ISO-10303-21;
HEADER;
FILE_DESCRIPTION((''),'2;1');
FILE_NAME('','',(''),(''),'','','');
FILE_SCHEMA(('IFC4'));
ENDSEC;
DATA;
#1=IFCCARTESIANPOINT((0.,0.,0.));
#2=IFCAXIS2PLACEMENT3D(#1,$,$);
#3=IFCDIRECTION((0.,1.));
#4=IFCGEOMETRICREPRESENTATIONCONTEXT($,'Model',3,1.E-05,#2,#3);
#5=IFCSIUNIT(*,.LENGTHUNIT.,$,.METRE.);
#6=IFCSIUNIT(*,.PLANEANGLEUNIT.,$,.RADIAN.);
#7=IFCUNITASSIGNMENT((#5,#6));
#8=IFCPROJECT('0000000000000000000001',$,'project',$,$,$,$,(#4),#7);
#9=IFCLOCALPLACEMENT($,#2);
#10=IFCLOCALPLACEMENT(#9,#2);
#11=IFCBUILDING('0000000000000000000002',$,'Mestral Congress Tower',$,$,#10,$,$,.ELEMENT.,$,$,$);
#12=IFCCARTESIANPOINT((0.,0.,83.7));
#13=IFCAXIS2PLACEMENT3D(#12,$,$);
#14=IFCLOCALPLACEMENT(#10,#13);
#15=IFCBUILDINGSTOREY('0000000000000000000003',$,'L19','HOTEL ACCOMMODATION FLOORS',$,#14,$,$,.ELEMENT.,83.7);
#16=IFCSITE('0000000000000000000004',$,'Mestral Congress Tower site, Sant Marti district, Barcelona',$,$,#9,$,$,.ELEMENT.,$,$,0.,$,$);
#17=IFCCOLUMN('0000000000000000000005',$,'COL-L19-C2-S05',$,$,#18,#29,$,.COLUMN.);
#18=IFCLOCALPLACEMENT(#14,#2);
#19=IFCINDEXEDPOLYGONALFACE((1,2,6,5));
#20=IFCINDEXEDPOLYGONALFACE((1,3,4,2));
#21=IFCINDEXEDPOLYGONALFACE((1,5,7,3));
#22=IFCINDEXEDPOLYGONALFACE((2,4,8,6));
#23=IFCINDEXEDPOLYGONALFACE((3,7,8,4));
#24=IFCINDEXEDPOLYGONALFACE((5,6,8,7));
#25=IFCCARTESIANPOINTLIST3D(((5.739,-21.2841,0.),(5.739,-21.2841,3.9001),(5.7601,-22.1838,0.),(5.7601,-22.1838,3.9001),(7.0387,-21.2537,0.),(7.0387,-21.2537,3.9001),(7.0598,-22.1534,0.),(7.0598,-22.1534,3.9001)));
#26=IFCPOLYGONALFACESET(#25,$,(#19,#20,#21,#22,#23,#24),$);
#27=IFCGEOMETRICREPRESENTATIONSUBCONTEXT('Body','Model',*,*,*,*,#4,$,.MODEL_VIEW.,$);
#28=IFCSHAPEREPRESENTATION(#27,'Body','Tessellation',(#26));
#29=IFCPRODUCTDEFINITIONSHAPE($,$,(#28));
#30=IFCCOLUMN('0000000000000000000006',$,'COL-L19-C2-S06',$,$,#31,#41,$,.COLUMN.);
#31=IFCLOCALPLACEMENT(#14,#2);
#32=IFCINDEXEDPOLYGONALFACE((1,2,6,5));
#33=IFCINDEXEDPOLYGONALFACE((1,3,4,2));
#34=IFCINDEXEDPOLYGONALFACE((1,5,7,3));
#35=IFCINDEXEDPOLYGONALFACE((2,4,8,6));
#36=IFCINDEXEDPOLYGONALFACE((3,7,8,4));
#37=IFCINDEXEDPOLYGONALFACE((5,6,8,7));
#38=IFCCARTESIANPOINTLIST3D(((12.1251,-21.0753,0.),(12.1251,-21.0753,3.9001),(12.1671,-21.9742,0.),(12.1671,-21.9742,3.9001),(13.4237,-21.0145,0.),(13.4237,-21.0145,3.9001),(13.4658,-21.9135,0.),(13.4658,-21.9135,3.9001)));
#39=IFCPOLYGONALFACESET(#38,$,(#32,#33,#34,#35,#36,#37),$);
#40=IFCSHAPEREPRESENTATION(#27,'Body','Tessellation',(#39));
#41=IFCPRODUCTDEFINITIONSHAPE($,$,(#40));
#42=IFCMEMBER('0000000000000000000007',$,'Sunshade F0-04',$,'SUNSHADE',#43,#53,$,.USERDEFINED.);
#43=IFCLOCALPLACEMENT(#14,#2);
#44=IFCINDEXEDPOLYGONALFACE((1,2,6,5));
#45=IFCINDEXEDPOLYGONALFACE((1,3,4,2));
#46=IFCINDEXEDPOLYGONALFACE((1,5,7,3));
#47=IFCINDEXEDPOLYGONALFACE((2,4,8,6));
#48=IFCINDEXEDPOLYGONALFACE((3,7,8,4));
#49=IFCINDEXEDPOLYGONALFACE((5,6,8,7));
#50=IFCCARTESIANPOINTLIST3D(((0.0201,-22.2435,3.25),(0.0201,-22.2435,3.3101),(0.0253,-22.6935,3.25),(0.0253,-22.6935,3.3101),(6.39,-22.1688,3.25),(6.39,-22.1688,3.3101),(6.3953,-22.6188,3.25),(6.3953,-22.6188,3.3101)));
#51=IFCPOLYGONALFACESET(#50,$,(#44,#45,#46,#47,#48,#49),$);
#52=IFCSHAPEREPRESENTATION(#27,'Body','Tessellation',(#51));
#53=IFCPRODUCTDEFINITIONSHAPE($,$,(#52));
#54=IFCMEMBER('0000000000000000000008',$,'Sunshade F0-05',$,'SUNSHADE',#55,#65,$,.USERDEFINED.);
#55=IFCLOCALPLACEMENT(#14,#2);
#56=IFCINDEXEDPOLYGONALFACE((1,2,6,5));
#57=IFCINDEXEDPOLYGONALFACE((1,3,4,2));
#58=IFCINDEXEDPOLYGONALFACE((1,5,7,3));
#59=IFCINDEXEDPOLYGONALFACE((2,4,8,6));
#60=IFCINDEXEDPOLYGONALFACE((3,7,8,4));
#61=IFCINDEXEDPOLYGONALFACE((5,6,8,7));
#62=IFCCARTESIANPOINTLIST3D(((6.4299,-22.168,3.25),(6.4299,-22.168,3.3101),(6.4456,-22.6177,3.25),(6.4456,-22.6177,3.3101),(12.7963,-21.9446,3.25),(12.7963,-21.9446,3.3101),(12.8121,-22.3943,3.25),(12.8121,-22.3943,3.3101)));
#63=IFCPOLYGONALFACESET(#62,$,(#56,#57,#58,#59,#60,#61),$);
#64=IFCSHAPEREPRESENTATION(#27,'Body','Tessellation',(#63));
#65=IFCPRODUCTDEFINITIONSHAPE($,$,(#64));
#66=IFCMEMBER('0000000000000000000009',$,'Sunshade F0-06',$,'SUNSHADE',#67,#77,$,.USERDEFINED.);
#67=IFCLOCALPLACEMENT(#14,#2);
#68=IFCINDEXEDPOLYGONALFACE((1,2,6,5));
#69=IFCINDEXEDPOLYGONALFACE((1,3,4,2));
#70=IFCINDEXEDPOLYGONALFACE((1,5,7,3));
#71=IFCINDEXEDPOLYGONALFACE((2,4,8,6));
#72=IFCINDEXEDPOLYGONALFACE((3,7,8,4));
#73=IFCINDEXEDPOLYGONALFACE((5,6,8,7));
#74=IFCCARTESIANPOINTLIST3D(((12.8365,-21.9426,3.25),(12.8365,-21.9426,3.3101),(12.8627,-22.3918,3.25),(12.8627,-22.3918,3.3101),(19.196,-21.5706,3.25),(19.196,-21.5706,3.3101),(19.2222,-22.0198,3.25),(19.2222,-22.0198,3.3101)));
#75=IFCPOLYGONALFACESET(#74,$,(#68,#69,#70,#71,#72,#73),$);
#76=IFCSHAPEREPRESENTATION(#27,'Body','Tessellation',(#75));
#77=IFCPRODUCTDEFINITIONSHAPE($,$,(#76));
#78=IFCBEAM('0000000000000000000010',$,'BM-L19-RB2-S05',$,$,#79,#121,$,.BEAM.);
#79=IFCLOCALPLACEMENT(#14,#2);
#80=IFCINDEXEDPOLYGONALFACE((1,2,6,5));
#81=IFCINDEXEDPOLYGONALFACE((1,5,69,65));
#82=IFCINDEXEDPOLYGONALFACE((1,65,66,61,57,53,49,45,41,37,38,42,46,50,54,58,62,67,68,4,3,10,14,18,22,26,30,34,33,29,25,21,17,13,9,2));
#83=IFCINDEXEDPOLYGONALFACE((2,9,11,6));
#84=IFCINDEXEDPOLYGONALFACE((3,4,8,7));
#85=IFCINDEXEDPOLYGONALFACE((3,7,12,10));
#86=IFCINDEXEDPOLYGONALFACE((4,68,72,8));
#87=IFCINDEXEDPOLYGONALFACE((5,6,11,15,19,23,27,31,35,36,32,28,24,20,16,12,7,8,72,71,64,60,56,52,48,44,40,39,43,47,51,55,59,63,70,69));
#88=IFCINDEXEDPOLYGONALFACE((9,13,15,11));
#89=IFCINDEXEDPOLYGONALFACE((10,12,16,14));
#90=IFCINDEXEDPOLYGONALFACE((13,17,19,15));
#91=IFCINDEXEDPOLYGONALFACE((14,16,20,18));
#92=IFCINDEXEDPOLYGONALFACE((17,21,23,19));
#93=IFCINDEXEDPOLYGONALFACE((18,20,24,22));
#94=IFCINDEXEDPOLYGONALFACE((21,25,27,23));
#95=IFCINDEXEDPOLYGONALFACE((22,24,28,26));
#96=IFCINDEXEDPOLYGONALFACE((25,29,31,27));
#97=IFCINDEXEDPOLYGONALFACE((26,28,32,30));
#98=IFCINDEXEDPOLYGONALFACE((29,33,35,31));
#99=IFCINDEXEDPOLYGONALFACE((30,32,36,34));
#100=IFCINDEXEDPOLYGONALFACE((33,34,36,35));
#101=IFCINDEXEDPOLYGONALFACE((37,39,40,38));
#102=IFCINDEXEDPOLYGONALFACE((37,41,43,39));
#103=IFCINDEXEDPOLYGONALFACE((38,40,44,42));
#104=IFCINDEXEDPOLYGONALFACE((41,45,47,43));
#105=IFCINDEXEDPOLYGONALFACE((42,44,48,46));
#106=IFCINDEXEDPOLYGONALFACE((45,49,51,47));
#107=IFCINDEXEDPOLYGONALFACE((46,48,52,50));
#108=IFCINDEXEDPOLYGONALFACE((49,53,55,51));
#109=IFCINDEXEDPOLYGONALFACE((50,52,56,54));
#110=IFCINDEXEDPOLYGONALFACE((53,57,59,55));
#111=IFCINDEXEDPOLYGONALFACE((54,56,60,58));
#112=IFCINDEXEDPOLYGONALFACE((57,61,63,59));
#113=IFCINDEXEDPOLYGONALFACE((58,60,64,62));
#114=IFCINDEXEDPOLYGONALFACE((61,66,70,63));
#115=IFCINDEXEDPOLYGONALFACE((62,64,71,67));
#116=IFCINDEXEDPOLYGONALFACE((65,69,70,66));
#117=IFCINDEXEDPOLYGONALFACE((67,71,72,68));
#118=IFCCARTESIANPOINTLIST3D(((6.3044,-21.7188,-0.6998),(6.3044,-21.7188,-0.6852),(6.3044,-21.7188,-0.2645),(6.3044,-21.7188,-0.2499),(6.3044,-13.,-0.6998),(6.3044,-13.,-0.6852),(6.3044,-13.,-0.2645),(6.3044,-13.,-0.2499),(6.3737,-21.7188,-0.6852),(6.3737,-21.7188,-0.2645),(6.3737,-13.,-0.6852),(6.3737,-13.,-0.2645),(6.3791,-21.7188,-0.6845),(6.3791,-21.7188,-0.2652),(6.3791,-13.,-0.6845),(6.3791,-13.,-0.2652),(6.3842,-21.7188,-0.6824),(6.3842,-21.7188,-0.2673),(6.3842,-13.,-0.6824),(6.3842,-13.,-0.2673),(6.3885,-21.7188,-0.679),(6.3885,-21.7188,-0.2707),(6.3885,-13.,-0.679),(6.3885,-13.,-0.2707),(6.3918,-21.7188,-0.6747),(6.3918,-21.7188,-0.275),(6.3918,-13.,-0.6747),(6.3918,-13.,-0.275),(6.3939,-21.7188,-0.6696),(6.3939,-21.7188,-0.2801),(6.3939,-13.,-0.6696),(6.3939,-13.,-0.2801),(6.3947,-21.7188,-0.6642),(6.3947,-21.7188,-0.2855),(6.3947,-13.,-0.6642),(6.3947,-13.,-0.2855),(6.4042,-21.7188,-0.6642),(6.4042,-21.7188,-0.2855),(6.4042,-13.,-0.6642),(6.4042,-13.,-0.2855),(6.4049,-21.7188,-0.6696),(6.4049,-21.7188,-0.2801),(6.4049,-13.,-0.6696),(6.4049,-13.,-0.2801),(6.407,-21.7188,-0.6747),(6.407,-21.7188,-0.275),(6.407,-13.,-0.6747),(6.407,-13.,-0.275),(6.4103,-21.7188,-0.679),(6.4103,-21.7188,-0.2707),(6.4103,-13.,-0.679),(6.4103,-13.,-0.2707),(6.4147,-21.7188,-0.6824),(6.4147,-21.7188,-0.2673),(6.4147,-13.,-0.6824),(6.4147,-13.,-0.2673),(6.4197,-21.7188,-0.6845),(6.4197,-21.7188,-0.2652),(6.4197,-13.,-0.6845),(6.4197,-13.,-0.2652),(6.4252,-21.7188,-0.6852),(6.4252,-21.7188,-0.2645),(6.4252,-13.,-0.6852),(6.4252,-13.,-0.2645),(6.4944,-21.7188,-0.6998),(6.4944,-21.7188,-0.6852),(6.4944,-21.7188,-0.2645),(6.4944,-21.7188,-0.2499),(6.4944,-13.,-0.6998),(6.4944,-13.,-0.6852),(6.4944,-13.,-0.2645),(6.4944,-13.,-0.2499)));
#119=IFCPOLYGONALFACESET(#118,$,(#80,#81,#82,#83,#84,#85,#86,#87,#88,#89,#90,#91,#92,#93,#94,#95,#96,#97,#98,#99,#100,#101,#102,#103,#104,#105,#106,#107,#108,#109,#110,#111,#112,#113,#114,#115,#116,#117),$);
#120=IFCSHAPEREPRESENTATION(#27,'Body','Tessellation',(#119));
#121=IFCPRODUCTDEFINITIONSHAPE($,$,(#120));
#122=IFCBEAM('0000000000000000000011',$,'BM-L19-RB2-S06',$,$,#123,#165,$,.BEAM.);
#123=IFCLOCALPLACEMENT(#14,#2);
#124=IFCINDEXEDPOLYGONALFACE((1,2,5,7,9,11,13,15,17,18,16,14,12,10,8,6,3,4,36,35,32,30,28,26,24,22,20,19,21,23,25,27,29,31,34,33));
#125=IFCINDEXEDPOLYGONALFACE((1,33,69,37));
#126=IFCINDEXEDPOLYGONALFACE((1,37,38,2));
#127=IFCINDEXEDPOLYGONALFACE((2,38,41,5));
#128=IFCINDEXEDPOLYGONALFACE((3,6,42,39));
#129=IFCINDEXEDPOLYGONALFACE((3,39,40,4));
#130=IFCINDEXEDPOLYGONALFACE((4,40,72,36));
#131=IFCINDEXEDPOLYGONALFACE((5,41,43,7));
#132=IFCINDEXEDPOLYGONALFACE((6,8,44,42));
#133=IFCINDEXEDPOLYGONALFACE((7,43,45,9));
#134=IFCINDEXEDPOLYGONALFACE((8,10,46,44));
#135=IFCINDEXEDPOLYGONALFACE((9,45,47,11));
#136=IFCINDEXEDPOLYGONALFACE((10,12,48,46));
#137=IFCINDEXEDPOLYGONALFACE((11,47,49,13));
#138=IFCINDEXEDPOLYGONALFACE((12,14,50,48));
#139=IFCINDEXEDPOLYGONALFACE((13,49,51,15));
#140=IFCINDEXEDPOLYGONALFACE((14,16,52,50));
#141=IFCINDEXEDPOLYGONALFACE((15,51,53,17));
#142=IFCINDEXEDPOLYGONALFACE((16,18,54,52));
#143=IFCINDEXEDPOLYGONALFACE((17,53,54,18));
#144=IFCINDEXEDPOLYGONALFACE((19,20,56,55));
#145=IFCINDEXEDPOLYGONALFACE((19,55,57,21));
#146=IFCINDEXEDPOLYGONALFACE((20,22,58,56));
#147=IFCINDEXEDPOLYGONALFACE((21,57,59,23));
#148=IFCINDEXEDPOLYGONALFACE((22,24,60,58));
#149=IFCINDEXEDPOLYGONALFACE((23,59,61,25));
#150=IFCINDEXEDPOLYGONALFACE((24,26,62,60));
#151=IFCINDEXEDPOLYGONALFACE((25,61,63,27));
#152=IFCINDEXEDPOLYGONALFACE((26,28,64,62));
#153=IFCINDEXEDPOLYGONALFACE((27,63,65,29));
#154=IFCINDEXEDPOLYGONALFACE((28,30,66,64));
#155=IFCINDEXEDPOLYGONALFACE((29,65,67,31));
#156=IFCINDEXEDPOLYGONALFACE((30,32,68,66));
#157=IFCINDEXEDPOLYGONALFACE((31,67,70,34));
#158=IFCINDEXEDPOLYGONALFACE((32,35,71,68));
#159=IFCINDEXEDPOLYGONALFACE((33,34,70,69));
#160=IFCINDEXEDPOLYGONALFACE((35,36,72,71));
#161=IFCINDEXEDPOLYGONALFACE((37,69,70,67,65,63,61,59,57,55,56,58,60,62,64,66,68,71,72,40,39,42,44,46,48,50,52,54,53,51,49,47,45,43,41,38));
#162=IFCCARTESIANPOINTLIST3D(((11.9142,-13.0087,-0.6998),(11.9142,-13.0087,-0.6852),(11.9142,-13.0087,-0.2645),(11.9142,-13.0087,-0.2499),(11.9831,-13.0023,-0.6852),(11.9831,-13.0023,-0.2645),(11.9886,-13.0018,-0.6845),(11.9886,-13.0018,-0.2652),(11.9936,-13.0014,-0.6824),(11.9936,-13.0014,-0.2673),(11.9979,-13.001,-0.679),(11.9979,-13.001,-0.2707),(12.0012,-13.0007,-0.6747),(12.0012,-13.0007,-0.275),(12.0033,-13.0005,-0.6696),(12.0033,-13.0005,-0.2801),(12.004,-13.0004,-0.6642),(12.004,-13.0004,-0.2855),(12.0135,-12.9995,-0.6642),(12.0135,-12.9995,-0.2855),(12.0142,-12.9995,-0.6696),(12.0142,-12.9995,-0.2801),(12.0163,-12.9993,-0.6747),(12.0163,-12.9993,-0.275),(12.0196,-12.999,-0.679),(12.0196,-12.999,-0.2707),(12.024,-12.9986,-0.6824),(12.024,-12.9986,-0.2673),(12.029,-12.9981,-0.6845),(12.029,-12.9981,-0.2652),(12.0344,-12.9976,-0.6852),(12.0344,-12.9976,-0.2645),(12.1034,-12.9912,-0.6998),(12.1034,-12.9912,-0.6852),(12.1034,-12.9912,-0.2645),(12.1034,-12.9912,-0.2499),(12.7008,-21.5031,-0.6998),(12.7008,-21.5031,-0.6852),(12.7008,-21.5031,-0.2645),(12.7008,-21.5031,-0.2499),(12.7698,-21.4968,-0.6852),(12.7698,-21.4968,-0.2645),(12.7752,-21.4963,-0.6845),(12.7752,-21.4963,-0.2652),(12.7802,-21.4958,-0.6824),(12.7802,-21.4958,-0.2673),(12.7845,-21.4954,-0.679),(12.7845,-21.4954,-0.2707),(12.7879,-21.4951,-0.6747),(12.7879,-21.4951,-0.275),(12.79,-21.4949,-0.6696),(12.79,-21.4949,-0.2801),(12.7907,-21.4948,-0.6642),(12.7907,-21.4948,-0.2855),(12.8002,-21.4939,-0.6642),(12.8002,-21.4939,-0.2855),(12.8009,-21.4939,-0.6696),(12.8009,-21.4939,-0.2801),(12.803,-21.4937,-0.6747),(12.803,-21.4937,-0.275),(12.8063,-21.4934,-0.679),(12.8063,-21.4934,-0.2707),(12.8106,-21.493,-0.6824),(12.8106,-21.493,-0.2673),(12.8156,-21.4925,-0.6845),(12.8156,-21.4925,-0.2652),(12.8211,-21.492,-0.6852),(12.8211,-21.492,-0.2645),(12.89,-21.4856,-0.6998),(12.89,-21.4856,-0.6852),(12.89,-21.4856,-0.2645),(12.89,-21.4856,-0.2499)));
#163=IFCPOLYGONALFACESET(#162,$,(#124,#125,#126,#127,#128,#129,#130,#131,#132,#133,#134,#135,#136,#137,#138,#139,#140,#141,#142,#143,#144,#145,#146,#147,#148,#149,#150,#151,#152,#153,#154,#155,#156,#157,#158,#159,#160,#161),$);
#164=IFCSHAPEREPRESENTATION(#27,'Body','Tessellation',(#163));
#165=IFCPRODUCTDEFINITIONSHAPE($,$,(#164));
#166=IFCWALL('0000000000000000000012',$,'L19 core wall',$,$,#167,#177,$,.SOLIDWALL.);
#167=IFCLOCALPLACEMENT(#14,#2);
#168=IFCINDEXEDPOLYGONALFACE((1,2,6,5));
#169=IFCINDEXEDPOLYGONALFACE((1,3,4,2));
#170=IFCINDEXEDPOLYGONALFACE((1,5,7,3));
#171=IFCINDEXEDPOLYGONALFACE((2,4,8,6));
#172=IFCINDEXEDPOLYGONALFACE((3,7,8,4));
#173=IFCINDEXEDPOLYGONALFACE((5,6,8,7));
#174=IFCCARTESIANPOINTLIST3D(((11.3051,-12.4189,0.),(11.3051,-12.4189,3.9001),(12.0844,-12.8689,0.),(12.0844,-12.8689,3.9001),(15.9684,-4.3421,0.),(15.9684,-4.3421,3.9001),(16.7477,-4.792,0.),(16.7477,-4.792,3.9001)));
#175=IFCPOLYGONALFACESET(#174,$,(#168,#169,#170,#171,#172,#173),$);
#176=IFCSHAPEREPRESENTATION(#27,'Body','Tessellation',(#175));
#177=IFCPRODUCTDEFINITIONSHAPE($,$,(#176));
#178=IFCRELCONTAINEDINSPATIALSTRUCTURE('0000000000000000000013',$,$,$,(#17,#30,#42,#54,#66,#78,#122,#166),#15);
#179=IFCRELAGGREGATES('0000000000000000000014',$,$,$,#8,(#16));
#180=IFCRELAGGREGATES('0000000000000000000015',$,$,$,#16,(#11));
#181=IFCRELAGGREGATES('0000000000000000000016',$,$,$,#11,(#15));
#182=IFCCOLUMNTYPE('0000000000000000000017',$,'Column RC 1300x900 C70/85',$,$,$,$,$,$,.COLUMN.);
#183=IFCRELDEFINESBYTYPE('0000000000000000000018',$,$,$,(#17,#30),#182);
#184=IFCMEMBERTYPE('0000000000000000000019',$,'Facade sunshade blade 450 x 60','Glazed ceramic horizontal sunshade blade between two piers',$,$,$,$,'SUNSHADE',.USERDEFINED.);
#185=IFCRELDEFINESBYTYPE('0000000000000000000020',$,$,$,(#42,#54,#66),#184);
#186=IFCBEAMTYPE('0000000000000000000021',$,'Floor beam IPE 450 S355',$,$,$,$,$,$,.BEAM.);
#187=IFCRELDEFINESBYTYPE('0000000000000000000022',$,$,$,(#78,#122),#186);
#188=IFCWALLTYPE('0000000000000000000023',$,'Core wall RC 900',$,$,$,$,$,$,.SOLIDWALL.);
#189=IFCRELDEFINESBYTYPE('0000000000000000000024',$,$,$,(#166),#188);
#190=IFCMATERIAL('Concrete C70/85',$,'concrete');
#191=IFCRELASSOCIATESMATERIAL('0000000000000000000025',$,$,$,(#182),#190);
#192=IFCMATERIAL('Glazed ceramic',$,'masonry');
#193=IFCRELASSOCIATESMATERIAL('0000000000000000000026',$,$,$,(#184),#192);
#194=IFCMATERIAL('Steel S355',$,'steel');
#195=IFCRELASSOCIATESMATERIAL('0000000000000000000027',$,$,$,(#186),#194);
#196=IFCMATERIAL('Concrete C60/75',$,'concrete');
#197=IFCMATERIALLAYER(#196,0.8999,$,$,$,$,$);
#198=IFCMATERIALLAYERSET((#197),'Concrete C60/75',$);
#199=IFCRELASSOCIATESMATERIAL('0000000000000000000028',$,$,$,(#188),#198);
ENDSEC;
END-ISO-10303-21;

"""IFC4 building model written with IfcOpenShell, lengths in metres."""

from ifc_helpers import new_model, si_unit, direction, frame, frame_2d, origin, origin_2d, place, context, subcontext, project, spatial, rectangle, i_section, extrude, material, layer, layer_set, material_profile, profile_set, type_object, element, save


model = new_model("IFC4")

# Units and contexts
model_context = context("Model", 3, precision=1e-05, world=origin(), true_north=direction((0.0, 1.0)))
body_context = subcontext(model_context, "Body", "Model", "MODEL_VIEW")
ifc_project = project(units=[si_unit("LENGTHUNIT", "METRE"), si_unit("PLANEANGLEUNIT", "RADIAN")], contexts=[model_context])

# Site, building, storey
site_placement = place(None, origin())
site = spatial("IfcSite", under=ifc_project, at=site_placement, Name="Mestral Congress Tower site, Sant Marti district, Barcelona", CompositionType="ELEMENT", RefElevation=0.0)
building_placement = place(site_placement, origin())
building = spatial("IfcBuilding", under=site, at=building_placement, Name="Mestral Congress Tower", CompositionType="ELEMENT")
storey_placement = place(building_placement, frame((0.0, 0.0, 83.7)))
storey = spatial("IfcBuildingStorey", under=building, at=storey_placement, Name="L19", Description="HOTEL ACCOMMODATION FLOORS", CompositionType="ELEMENT", Elevation=83.7)

# Columns
ifc_material_1 = material(Name="Concrete C70/85", Category="concrete")
ifc_material_profile_1 = material_profile(ifc_material_1, rectangle(XDim=1.3, YDim=0.8999, at=origin_2d()), Name="RC 1300x900")
ifc_profile_set_1 = profile_set([ifc_material_profile_1], Name="Concrete C70/85")
column_type = type_object("IfcColumnType", Name="Column RC 1300x900 C70/85", PredefinedType="COLUMN", material=ifc_profile_set_1)
for number, where, z_axis, x_axis, name in (
    (1, (6.3994, -21.7188, 0.0), (0.0, 0.0, 1.0), (0.999727, 0.023384, 0.0), "COL-L19-C2-S05"),
    (2, (12.7954, -21.4944, 0.0), (0.0, 0.0, 1.0), (0.998906, 0.046756, 0.0), "COL-L19-C2-S06"),
):
    element("IfcColumn", number, at=place(storey_placement, frame(where, z_axis=z_axis, x_axis=x_axis)), inside=storey, type_object=column_type, Name=name, PredefinedType="COLUMN", context=body_context, shape_type="SweptSolid", body=[
        extrude(rectangle(XDim=1.3, YDim=0.8999, at=origin_2d()), origin(), (0.0, 0.0, 1.0), 3.9001),
    ])

# Members
ifc_material_2 = material(Name="Glazed ceramic", Category="masonry")
ifc_material_profile_2 = material_profile(ifc_material_2, rectangle(XDim=0.45, YDim=0.0601, at=origin_2d()), Name="Ceramic blade 450 x 60")
ifc_profile_set_2 = profile_set([ifc_material_profile_2], Name="Glazed ceramic")
member_type = type_object("IfcMemberType", Name="Facade sunshade blade 450 x 60", Description="Glazed ceramic horizontal sunshade blade between two piers", ElementType="SUNSHADE", PredefinedType="USERDEFINED", material=ifc_profile_set_2)
for number, where, z_axis, x_axis, name in (
    (3, (0.0227, -22.4685, 3.28), (0.999931, 0.011727, 0.0), (-0.011727, 0.999931, 0.0), "Sunshade F0-04"),
    (4, (6.4377, -22.3928, 3.28), (0.999385, 0.035067, 0.0), (-0.035067, 0.999385, 0.0), "Sunshade F0-05"),
    (5, (12.8496, -22.1672, 3.28), (0.998293, 0.058407, 0.0), (-0.058407, 0.998293, 0.0), "Sunshade F0-06"),
):
    element("IfcMember", number, at=place(storey_placement, frame(where, z_axis=z_axis, x_axis=x_axis)), inside=storey, type_object=member_type, Name=name, ObjectType="SUNSHADE", PredefinedType="USERDEFINED", context=body_context, shape_type="SweptSolid", body=[
        extrude(rectangle(XDim=0.45, YDim=0.0601, at=origin_2d()), origin(), (0.0, 0.0, 1.0), 6.3704),
    ])

# Beams
ifc_material_3 = material(Name="Steel S355", Category="steel")
ifc_material_profile_3 = material_profile(ifc_material_3, i_section(OverallWidth=0.1899, OverallDepth=0.45, WebThickness=0.0095, FlangeThickness=0.0146, FilletRadius=0.021, at=origin_2d()), Name="IPE 450")
ifc_profile_set_3 = profile_set([ifc_material_profile_3], Name="Steel S355")
beam_type = type_object("IfcBeamType", Name="Floor beam IPE 450 S355", PredefinedType="BEAM", material=ifc_profile_set_3)
beam_1_placement = place(storey_placement, frame((6.3994, -21.7188, -0.4749), z_axis=(0.0, 1.0, 0.0), x_axis=(-1.0, 0.0, 0.0)))
element("IfcBeam", 6, at=beam_1_placement, inside=storey, type_object=beam_type, Name="BM-L19-RB2-S05", PredefinedType="BEAM", context=body_context, shape_type="SweptSolid", body=[
    extrude(i_section(OverallWidth=0.1899, OverallDepth=0.45, WebThickness=0.0095, FlangeThickness=0.0146, FilletRadius=0.021, at=origin_2d()), origin(), (0.0, 0.0, 1.0), 8.7188),
])
beam_2_placement = place(storey_placement, frame((12.7954, -21.4944, -0.4749), z_axis=(-0.09221, 0.99574, 0.0), x_axis=(-0.99574, -0.09221, 0.0)))
element("IfcBeam", 7, at=beam_2_placement, inside=storey, type_object=beam_type, Name="BM-L19-RB2-S06", PredefinedType="BEAM", context=body_context, shape_type="SweptSolid", body=[
    extrude(i_section(OverallWidth=0.1899, OverallDepth=0.45, WebThickness=0.0095, FlangeThickness=0.0146, FilletRadius=0.021, at=origin_2d()), origin(), (0.0, 0.0, 1.0), 8.5308),
])

# Wall
ifc_material_4 = material(Name="Concrete C60/75", Category="concrete")
ifc_layer_1 = layer(ifc_material_4, 0.8999)
ifc_layer_set_1 = layer_set([ifc_layer_1], Name="Concrete C60/75")
wall_type_1 = type_object("IfcWallType", Name="Core wall RC 900", PredefinedType="SOLIDWALL", material=ifc_layer_set_1)
wall_1_placement = place(storey_placement, frame((11.6948, -12.6438, 0.0), z_axis=(0.0, 0.0, 1.0), x_axis=(0.50001, 0.866019, 0.0)))
element("IfcWall", 8, at=wall_1_placement, inside=storey, type_object=wall_type_1, Name="L19 core wall", PredefinedType="SOLIDWALL", context=body_context, shape_type="SweptSolid", body=[
    extrude(rectangle(XDim=9.3264, YDim=0.8999, at=frame_2d((4.6631, 0.0))), origin(), (0.0, 0.0, 1.0), 3.9001),
])

save(model, "model.ifc")
